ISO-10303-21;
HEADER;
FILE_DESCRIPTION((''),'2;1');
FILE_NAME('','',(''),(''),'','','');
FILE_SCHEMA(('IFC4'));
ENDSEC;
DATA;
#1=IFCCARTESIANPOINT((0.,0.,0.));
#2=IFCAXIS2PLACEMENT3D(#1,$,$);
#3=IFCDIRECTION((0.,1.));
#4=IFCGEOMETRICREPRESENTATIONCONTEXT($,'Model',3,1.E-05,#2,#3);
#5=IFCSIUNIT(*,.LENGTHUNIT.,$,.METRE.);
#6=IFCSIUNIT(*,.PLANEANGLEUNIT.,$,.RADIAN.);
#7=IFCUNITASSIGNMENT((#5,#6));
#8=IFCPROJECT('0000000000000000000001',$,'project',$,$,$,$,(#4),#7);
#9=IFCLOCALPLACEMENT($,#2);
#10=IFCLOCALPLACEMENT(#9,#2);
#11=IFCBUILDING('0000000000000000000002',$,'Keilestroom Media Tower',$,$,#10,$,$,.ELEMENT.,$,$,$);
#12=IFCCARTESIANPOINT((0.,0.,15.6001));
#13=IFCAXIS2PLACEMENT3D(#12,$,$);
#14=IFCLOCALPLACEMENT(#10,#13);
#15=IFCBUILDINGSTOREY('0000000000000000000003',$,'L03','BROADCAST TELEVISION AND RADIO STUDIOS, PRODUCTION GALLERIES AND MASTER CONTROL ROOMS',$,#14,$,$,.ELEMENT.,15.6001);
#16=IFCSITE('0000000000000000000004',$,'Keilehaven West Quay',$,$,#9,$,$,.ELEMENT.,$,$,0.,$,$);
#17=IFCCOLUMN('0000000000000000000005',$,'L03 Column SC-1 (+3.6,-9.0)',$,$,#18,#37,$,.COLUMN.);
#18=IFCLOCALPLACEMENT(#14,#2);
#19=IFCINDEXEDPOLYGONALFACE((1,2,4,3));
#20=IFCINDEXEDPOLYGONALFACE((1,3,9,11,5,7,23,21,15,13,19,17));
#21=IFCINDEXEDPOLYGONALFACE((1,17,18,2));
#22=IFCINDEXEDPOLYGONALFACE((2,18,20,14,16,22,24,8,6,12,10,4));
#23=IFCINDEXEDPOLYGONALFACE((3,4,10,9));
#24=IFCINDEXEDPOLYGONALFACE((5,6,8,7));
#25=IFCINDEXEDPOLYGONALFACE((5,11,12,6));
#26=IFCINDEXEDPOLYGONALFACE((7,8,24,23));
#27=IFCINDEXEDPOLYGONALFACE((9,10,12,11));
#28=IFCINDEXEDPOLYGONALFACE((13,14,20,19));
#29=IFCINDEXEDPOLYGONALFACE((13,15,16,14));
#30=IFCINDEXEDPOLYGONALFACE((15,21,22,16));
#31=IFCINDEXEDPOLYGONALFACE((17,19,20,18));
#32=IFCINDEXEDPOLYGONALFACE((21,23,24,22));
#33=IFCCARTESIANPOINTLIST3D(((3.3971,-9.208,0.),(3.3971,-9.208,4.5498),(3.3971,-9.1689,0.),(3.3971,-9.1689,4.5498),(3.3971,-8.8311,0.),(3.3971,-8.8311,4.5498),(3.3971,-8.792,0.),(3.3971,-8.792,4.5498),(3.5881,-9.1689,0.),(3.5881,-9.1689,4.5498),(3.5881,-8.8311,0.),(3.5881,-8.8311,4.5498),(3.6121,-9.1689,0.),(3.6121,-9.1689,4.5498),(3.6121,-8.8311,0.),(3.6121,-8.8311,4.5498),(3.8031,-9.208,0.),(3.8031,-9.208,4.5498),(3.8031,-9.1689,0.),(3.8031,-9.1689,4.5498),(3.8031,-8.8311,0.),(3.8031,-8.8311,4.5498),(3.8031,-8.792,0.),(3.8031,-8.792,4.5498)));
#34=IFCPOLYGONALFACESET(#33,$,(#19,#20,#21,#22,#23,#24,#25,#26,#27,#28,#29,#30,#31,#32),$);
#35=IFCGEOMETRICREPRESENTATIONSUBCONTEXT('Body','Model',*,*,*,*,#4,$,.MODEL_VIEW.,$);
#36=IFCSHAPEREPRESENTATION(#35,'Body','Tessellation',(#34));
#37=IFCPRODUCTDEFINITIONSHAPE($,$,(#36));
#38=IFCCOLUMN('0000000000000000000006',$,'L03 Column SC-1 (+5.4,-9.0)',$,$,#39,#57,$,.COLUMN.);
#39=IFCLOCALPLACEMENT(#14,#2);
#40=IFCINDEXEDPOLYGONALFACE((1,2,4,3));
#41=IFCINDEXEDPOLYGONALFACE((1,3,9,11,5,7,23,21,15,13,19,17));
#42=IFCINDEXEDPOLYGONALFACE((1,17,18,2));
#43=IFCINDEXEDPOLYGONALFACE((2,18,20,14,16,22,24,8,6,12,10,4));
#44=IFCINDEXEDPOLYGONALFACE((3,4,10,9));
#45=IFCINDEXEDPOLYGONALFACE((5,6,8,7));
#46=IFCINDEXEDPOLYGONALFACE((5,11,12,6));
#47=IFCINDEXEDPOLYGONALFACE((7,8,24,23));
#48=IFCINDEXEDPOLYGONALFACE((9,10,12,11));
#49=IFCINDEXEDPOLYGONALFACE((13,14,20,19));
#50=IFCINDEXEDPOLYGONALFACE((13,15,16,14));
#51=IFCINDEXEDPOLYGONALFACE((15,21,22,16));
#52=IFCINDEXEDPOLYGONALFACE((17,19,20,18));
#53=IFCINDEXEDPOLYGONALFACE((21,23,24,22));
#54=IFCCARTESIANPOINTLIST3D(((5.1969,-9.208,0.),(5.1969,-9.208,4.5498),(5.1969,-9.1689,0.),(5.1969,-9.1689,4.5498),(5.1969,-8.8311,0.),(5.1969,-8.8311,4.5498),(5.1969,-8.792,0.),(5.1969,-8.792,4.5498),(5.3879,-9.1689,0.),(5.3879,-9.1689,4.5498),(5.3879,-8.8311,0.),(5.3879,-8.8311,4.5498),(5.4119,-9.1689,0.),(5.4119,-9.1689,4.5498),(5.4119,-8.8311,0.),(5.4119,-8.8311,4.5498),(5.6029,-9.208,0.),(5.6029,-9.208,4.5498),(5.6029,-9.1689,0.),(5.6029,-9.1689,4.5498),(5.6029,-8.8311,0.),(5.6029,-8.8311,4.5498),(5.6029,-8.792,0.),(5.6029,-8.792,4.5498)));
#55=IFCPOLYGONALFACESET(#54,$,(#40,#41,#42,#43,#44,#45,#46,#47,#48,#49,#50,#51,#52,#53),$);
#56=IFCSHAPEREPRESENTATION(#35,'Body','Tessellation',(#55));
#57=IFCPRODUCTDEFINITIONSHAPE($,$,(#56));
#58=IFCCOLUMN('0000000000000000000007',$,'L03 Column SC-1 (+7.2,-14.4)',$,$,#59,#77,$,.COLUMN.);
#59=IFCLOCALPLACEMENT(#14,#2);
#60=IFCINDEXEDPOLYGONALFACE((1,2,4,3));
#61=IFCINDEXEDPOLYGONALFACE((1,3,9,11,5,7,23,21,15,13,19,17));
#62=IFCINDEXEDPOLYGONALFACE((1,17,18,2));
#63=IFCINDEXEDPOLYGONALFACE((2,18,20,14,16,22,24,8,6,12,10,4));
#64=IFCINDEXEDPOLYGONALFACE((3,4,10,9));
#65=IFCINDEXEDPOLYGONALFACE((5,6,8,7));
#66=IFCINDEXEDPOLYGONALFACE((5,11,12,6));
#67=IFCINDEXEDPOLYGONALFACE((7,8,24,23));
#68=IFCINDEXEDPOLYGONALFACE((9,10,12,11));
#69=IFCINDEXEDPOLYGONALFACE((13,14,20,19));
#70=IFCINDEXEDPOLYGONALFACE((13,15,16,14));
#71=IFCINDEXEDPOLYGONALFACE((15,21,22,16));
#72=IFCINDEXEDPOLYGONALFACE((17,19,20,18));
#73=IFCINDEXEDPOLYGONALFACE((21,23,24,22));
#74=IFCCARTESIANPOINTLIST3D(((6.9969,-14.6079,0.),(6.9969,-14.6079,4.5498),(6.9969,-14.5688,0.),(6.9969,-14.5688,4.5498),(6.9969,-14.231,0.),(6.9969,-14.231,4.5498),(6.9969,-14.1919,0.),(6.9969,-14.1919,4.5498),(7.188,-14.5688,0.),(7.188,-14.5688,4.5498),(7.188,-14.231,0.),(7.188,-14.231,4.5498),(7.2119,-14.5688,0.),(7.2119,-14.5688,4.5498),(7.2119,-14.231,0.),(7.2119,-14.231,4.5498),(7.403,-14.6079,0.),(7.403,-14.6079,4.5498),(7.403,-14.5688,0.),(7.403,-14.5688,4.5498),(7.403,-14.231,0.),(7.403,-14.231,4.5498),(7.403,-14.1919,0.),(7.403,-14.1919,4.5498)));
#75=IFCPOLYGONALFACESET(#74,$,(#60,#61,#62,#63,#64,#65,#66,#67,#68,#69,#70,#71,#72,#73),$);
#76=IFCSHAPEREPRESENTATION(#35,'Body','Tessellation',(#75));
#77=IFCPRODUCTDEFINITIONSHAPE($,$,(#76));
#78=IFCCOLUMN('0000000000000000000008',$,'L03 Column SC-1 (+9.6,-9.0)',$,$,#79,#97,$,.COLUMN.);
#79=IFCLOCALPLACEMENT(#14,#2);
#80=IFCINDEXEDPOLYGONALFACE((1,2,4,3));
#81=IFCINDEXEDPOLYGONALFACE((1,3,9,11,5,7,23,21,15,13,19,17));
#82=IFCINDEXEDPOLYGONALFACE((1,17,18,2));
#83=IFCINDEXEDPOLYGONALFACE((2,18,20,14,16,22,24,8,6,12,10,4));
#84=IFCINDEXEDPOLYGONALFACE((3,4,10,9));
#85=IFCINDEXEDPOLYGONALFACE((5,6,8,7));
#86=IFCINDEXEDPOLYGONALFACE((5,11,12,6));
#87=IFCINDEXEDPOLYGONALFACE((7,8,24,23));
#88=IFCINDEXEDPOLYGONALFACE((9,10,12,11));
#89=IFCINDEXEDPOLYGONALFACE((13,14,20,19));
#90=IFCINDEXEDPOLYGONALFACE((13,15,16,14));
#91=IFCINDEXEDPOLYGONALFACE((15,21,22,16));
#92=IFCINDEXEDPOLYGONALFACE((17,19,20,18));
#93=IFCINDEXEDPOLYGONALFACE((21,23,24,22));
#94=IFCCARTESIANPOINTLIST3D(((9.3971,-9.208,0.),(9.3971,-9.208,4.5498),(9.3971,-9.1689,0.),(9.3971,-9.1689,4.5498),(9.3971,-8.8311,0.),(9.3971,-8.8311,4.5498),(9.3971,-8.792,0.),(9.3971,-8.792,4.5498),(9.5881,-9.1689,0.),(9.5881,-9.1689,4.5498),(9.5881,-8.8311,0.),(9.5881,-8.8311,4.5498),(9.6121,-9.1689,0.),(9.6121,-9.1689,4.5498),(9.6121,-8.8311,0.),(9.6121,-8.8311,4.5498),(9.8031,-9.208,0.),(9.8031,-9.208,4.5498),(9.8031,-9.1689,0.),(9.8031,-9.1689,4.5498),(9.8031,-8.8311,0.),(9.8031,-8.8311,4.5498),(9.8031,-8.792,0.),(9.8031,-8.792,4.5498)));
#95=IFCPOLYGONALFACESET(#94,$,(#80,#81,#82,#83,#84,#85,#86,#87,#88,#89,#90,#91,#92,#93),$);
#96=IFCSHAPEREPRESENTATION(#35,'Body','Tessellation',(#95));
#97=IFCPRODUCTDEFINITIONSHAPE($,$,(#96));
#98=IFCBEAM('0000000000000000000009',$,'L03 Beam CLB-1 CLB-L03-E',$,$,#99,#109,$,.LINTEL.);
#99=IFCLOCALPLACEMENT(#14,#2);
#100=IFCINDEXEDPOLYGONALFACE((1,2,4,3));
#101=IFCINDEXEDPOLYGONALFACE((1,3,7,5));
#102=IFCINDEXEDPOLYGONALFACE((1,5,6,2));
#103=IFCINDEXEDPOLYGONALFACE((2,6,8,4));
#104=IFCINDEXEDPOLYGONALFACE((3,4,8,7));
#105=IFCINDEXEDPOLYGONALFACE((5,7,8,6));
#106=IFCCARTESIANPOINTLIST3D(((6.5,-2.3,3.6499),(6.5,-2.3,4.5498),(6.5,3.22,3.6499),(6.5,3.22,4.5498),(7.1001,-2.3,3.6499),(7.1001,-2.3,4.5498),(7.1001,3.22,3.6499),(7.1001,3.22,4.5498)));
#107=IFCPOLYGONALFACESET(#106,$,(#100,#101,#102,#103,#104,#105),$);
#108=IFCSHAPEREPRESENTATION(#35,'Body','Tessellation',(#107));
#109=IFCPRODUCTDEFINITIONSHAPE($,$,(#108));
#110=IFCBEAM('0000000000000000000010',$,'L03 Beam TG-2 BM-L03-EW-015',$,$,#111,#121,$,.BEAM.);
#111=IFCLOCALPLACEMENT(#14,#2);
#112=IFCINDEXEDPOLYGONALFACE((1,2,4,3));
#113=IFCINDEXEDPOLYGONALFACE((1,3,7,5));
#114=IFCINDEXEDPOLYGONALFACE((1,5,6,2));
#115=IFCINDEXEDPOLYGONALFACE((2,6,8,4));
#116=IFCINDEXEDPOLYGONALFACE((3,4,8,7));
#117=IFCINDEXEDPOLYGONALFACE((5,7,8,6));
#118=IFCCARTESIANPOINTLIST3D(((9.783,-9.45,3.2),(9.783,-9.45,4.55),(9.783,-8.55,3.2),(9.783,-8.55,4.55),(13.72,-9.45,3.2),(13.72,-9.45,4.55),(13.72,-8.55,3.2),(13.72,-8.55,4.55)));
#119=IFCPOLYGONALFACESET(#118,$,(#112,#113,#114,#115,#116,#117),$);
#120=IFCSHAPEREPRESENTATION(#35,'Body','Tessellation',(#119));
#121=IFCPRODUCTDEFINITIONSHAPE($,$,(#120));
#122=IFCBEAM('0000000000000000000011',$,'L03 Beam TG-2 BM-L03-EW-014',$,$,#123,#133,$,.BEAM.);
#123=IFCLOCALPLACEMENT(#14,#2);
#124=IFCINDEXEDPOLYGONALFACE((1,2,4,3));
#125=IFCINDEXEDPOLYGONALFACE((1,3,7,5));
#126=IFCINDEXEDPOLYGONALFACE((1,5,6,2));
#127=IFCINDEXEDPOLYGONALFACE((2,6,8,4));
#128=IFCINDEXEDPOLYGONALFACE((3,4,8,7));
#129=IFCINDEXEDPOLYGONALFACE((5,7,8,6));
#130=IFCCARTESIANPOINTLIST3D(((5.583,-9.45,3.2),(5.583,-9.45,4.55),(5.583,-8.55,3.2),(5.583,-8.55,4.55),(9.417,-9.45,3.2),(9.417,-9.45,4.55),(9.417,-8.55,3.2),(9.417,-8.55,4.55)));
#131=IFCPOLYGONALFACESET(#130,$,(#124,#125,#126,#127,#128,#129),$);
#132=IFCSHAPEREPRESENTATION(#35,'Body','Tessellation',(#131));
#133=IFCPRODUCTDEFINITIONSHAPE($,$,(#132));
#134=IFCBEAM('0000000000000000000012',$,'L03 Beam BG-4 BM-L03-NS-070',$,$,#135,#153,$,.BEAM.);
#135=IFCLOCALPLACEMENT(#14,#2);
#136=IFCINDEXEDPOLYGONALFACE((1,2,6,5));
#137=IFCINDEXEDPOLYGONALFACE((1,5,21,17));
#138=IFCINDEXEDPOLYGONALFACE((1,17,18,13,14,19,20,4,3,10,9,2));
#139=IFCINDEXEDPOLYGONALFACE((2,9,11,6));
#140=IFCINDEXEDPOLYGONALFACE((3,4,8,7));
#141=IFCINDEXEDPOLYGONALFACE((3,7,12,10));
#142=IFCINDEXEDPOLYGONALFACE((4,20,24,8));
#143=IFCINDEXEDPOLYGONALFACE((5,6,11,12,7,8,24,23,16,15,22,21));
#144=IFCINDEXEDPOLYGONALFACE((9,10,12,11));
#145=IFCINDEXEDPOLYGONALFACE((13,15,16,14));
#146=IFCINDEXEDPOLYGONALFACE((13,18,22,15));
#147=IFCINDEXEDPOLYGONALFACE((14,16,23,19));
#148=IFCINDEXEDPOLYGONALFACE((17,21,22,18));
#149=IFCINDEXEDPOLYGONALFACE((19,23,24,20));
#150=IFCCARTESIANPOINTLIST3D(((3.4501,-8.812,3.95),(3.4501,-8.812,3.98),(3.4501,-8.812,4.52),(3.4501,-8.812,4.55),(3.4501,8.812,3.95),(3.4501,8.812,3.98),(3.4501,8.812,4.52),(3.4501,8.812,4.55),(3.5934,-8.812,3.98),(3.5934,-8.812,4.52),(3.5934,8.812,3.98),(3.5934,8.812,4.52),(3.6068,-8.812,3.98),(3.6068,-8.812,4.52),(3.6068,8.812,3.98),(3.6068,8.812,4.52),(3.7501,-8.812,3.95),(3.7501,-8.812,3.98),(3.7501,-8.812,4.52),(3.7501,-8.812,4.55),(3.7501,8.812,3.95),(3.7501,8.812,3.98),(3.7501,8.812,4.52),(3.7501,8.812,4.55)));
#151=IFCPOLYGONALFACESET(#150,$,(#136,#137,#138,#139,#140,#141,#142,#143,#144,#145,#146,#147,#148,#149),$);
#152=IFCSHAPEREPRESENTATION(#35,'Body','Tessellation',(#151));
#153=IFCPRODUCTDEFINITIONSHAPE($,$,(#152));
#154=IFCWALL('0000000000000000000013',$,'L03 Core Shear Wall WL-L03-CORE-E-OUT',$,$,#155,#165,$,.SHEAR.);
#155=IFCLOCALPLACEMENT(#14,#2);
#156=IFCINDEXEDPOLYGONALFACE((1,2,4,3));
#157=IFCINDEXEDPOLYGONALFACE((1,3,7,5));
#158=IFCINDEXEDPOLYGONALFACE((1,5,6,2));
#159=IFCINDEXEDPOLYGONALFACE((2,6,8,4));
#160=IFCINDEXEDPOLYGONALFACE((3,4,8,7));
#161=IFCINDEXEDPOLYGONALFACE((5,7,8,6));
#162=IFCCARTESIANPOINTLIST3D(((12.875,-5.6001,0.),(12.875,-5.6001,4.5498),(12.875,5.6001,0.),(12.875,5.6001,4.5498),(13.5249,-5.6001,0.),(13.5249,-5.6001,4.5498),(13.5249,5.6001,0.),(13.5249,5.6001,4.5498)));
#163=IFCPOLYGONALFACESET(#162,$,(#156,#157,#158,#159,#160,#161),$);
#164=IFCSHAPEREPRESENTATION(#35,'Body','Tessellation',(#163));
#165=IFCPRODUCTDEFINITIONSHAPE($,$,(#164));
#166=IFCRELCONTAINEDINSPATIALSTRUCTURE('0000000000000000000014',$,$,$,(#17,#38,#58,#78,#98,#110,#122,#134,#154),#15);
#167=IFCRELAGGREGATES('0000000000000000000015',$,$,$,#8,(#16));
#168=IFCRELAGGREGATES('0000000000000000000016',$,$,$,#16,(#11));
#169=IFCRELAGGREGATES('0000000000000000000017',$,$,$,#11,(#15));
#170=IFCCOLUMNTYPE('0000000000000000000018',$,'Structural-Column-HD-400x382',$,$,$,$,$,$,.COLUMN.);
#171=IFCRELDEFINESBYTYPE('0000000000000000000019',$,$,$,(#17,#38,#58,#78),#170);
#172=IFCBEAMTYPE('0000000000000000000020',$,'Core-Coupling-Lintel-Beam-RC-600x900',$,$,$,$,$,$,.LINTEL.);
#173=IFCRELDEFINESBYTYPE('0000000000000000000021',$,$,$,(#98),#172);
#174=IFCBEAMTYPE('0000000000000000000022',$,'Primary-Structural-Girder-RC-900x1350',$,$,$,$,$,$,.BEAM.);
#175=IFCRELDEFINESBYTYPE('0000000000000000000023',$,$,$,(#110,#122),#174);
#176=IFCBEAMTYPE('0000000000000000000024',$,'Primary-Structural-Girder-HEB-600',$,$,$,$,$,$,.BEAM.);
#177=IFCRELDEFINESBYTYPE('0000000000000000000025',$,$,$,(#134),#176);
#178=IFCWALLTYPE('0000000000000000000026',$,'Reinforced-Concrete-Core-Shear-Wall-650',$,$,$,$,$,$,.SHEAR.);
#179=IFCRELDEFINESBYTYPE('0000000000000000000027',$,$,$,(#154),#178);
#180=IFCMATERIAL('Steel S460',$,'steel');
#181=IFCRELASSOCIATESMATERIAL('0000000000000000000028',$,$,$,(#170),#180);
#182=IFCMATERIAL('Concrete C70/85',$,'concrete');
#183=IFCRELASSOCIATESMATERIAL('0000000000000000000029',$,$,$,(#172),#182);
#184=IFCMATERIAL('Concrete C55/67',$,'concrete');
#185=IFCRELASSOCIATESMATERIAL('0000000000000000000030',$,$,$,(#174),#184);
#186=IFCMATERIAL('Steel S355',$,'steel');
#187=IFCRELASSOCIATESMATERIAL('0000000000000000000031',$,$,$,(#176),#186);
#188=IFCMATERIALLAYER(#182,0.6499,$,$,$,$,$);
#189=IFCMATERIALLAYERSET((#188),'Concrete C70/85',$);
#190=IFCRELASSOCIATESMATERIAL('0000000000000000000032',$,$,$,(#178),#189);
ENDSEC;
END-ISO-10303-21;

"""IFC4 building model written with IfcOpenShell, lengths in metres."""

from ifc_helpers import new_model, si_unit, direction, frame, frame_2d, origin, origin_2d, place, context, subcontext, project, spatial, rectangle, i_section, extrude, source, transform, mapped, material, layer, layer_set, material_profile, profile_set, type_object, element, save


model = new_model("IFC4")

# Units and contexts
model_context = context("Model", 3, precision=1e-05, world=origin(), true_north=direction((0.0, 1.0)))
body_context = subcontext(model_context, "Body", "Model", "MODEL_VIEW")
ifc_project = project(units=[si_unit("LENGTHUNIT", "METRE"), si_unit("PLANEANGLEUNIT", "RADIAN")], contexts=[model_context])

# Site, building, storey
site_placement = place(None, origin())
site = spatial("IfcSite", under=ifc_project, at=site_placement, Name="Keilehaven West Quay", CompositionType="ELEMENT", RefElevation=0.0)
building_placement = place(site_placement, origin())
building = spatial("IfcBuilding", under=site, at=building_placement, Name="Keilestroom Media Tower", CompositionType="ELEMENT")
storey_placement = place(building_placement, frame((0.0, 0.0, 15.6001)))
storey = spatial("IfcBuildingStorey", under=building, at=storey_placement, Name="L03", Description="BROADCAST TELEVISION AND RADIO STUDIOS, PRODUCTION GALLERIES AND MASTER CONTROL ROOMS", CompositionType="ELEMENT", Elevation=15.6001)

# Columns
ifc_material_1 = material(Name="Steel S460", Category="steel")
ifc_material_profile_1 = material_profile(ifc_material_1, i_section(OverallWidth=0.406, OverallDepth=0.416, WebThickness=0.0239, FlangeThickness=0.0391, at=origin_2d()), Name="HD 400x382")
ifc_profile_set_1 = profile_set([ifc_material_profile_1], Name="Steel S460")
column_type = type_object("IfcColumnType", Name="Structural-Column-HD-400x382", PredefinedType="COLUMN", material=ifc_profile_set_1)
shared_shape_1 = source(origin(), body_context, "Body", "SweptSolid", [
    extrude(i_section(OverallWidth=0.406, OverallDepth=0.416, WebThickness=0.0239, FlangeThickness=0.0391, at=origin_2d()), origin(), (0.0, 0.0, 1.0), 4.5498),
])
for number, where, z_axis, x_axis, name in (
    (1, (3.6001, -9.0, 0.0), (0.0, 0.0, 1.0), (1.0, 0.0, 0.0), "L03 Column SC-1 (+3.6,-9.0)"),
    (2, (5.3999, -9.0, 0.0), (0.0, 0.0, 1.0), (1.0, 0.0, 0.0), "L03 Column SC-1 (+5.4,-9.0)"),
    (3, (7.2, -14.3999, 0.0), (0.0, 0.0, 1.0), (1.0, 0.0, 0.0), "L03 Column SC-1 (+7.2,-14.4)"),
    (4, (9.6001, -9.0, 0.0), (0.0, 0.0, 1.0), (1.0, 0.0, 0.0), "L03 Column SC-1 (+9.6,-9.0)"),
):
    element("IfcColumn", number, at=place(storey_placement, frame(where, z_axis=z_axis, x_axis=x_axis)), inside=storey, type_object=column_type, Name=name, PredefinedType="COLUMN", context=body_context, shape_type="MappedRepresentation", body=[
        mapped(shared_shape_1, transform((0.0, 0.0, 0.0), x_axis=(1.0, 0.0, 0.0), y_axis=(0.0, 1.0, 0.0), z_axis=(0.0, 0.0, 1.0), scale=1.0)),
    ])

# Beams
ifc_material_2 = material(Name="Concrete C70/85", Category="concrete")
ifc_material_profile_2 = material_profile(ifc_material_2, rectangle(XDim=0.6001, YDim=0.8999, at=origin_2d()), Name="RC 600x900")
ifc_profile_set_2 = profile_set([ifc_material_profile_2], Name="Concrete C70/85")
beam_type_1 = type_object("IfcBeamType", Name="Core-Coupling-Lintel-Beam-RC-600x900", PredefinedType="LINTEL", material=ifc_profile_set_2)
shared_shape_2 = source(origin(), body_context, "Body", "SweptSolid", [
    extrude(rectangle(XDim=0.6001, YDim=0.8999, at=origin_2d()), origin(), (0.0, 0.0, 1.0), 5.52),
])
beam_1_placement = place(storey_placement, frame((6.8, -2.3, 4.0999), z_axis=(0.0, 1.0, 0.0), x_axis=(-1.0, 0.0, 0.0)))
element("IfcBeam", 5, at=beam_1_placement, inside=storey, type_object=beam_type_1, Name="L03 Beam CLB-1 CLB-L03-E", PredefinedType="LINTEL", context=body_context, shape_type="MappedRepresentation", body=[
    mapped(shared_shape_2, transform((0.0, 0.0, 0.0), x_axis=(1.0, 0.0, 0.0), y_axis=(0.0, 1.0, 0.0), z_axis=(0.0, 0.0, 1.0), scale=1.0)),
])
ifc_material_3 = material(Name="Concrete C55/67", Category="concrete")
ifc_material_profile_3 = material_profile(ifc_material_3, rectangle(XDim=0.8999, YDim=1.3501, at=origin_2d()), Name="RC 900x1350")
ifc_profile_set_3 = profile_set([ifc_material_profile_3], Name="Concrete C55/67")
beam_type_2 = type_object("IfcBeamType", Name="Primary-Structural-Girder-RC-900x1350", PredefinedType="BEAM", material=ifc_profile_set_3)
shared_shape_3 = source(origin(), body_context, "Body", "SweptSolid", [
    extrude(rectangle(XDim=0.8999, YDim=1.3501, at=origin_2d()), origin(), (0.0, 0.0, 1.0), 3.937),
])
beam_2_placement = place(storey_placement, frame((9.783, -9.0, 3.875), z_axis=(1.0, 0.0, 0.0), x_axis=(0.0, 1.0, 0.0)))
element("IfcBeam", 6, at=beam_2_placement, inside=storey, type_object=beam_type_2, Name="L03 Beam TG-2 BM-L03-EW-015", PredefinedType="BEAM", context=body_context, shape_type="MappedRepresentation", body=[
    mapped(shared_shape_3, transform((0.0, 0.0, 0.0), x_axis=(1.0, 0.0, 0.0), y_axis=(0.0, 1.0, 0.0), z_axis=(0.0, 0.0, 1.0), scale=1.0)),
])
shared_shape_4 = source(origin(), body_context, "Body", "SweptSolid", [
    extrude(rectangle(XDim=0.8999, YDim=1.3501, at=origin_2d()), origin(), (0.0, 0.0, 1.0), 3.834),
])
beam_3_placement = place(storey_placement, frame((5.583, -9.0, 3.875), z_axis=(1.0, 0.0, 0.0), x_axis=(0.0, 1.0, 0.0)))
element("IfcBeam", 7, at=beam_3_placement, inside=storey, type_object=beam_type_2, Name="L03 Beam TG-2 BM-L03-EW-014", PredefinedType="BEAM", context=body_context, shape_type="MappedRepresentation", body=[
    mapped(shared_shape_4, transform((0.0, 0.0, 0.0), x_axis=(1.0, 0.0, 0.0), y_axis=(0.0, 1.0, 0.0), z_axis=(0.0, 0.0, 1.0), scale=1.0)),
])
ifc_material_4 = material(Name="Steel S355", Category="steel")
ifc_material_profile_4 = material_profile(ifc_material_4, i_section(OverallWidth=0.3, OverallDepth=0.6001, WebThickness=0.0134, FlangeThickness=0.03, at=origin_2d()), Name="HEB 600")
ifc_profile_set_4 = profile_set([ifc_material_profile_4], Name="Steel S355")
beam_type_3 = type_object("IfcBeamType", Name="Primary-Structural-Girder-HEB-600", PredefinedType="BEAM", material=ifc_profile_set_4)
shared_shape_5 = source(origin(), body_context, "Body", "SweptSolid", [
    extrude(i_section(OverallWidth=0.3, OverallDepth=0.6001, WebThickness=0.0134, FlangeThickness=0.03, at=origin_2d()), origin(), (0.0, 0.0, 1.0), 17.624),
])
beam_4_placement = place(storey_placement, frame((3.6001, -8.812, 4.25), z_axis=(0.0, 1.0, 0.0), x_axis=(-1.0, 0.0, 0.0)))
element("IfcBeam", 8, at=beam_4_placement, inside=storey, type_object=beam_type_3, Name="L03 Beam BG-4 BM-L03-NS-070", PredefinedType="BEAM", context=body_context, shape_type="MappedRepresentation", body=[
    mapped(shared_shape_5, transform((0.0, 0.0, 0.0), x_axis=(1.0, 0.0, 0.0), y_axis=(0.0, 1.0, 0.0), z_axis=(0.0, 0.0, 1.0), scale=1.0)),
])

# Wall
ifc_layer_1 = layer(ifc_material_2, 0.6499)
ifc_layer_set_1 = layer_set([ifc_layer_1], Name="Concrete C70/85")
wall_type_1 = type_object("IfcWallType", Name="Reinforced-Concrete-Core-Shear-Wall-650", PredefinedType="SHEAR", material=ifc_layer_set_1)
wall_1_placement = place(storey_placement, frame((13.2, -5.6001, 0.0), z_axis=(0.0, 0.0, 1.0), x_axis=(0.0, 1.0, 0.0)))
element("IfcWall", 9, at=wall_1_placement, inside=storey, type_object=wall_type_1, Name="L03 Core Shear Wall WL-L03-CORE-E-OUT", PredefinedType="SHEAR", context=body_context, shape_type="SweptSolid", body=[
    extrude(rectangle(XDim=11.2002, YDim=0.6499, at=frame_2d((5.6001, 0.0))), origin(), (0.0, 0.0, 1.0), 4.5498),
])

save(model, "model.ifc")
